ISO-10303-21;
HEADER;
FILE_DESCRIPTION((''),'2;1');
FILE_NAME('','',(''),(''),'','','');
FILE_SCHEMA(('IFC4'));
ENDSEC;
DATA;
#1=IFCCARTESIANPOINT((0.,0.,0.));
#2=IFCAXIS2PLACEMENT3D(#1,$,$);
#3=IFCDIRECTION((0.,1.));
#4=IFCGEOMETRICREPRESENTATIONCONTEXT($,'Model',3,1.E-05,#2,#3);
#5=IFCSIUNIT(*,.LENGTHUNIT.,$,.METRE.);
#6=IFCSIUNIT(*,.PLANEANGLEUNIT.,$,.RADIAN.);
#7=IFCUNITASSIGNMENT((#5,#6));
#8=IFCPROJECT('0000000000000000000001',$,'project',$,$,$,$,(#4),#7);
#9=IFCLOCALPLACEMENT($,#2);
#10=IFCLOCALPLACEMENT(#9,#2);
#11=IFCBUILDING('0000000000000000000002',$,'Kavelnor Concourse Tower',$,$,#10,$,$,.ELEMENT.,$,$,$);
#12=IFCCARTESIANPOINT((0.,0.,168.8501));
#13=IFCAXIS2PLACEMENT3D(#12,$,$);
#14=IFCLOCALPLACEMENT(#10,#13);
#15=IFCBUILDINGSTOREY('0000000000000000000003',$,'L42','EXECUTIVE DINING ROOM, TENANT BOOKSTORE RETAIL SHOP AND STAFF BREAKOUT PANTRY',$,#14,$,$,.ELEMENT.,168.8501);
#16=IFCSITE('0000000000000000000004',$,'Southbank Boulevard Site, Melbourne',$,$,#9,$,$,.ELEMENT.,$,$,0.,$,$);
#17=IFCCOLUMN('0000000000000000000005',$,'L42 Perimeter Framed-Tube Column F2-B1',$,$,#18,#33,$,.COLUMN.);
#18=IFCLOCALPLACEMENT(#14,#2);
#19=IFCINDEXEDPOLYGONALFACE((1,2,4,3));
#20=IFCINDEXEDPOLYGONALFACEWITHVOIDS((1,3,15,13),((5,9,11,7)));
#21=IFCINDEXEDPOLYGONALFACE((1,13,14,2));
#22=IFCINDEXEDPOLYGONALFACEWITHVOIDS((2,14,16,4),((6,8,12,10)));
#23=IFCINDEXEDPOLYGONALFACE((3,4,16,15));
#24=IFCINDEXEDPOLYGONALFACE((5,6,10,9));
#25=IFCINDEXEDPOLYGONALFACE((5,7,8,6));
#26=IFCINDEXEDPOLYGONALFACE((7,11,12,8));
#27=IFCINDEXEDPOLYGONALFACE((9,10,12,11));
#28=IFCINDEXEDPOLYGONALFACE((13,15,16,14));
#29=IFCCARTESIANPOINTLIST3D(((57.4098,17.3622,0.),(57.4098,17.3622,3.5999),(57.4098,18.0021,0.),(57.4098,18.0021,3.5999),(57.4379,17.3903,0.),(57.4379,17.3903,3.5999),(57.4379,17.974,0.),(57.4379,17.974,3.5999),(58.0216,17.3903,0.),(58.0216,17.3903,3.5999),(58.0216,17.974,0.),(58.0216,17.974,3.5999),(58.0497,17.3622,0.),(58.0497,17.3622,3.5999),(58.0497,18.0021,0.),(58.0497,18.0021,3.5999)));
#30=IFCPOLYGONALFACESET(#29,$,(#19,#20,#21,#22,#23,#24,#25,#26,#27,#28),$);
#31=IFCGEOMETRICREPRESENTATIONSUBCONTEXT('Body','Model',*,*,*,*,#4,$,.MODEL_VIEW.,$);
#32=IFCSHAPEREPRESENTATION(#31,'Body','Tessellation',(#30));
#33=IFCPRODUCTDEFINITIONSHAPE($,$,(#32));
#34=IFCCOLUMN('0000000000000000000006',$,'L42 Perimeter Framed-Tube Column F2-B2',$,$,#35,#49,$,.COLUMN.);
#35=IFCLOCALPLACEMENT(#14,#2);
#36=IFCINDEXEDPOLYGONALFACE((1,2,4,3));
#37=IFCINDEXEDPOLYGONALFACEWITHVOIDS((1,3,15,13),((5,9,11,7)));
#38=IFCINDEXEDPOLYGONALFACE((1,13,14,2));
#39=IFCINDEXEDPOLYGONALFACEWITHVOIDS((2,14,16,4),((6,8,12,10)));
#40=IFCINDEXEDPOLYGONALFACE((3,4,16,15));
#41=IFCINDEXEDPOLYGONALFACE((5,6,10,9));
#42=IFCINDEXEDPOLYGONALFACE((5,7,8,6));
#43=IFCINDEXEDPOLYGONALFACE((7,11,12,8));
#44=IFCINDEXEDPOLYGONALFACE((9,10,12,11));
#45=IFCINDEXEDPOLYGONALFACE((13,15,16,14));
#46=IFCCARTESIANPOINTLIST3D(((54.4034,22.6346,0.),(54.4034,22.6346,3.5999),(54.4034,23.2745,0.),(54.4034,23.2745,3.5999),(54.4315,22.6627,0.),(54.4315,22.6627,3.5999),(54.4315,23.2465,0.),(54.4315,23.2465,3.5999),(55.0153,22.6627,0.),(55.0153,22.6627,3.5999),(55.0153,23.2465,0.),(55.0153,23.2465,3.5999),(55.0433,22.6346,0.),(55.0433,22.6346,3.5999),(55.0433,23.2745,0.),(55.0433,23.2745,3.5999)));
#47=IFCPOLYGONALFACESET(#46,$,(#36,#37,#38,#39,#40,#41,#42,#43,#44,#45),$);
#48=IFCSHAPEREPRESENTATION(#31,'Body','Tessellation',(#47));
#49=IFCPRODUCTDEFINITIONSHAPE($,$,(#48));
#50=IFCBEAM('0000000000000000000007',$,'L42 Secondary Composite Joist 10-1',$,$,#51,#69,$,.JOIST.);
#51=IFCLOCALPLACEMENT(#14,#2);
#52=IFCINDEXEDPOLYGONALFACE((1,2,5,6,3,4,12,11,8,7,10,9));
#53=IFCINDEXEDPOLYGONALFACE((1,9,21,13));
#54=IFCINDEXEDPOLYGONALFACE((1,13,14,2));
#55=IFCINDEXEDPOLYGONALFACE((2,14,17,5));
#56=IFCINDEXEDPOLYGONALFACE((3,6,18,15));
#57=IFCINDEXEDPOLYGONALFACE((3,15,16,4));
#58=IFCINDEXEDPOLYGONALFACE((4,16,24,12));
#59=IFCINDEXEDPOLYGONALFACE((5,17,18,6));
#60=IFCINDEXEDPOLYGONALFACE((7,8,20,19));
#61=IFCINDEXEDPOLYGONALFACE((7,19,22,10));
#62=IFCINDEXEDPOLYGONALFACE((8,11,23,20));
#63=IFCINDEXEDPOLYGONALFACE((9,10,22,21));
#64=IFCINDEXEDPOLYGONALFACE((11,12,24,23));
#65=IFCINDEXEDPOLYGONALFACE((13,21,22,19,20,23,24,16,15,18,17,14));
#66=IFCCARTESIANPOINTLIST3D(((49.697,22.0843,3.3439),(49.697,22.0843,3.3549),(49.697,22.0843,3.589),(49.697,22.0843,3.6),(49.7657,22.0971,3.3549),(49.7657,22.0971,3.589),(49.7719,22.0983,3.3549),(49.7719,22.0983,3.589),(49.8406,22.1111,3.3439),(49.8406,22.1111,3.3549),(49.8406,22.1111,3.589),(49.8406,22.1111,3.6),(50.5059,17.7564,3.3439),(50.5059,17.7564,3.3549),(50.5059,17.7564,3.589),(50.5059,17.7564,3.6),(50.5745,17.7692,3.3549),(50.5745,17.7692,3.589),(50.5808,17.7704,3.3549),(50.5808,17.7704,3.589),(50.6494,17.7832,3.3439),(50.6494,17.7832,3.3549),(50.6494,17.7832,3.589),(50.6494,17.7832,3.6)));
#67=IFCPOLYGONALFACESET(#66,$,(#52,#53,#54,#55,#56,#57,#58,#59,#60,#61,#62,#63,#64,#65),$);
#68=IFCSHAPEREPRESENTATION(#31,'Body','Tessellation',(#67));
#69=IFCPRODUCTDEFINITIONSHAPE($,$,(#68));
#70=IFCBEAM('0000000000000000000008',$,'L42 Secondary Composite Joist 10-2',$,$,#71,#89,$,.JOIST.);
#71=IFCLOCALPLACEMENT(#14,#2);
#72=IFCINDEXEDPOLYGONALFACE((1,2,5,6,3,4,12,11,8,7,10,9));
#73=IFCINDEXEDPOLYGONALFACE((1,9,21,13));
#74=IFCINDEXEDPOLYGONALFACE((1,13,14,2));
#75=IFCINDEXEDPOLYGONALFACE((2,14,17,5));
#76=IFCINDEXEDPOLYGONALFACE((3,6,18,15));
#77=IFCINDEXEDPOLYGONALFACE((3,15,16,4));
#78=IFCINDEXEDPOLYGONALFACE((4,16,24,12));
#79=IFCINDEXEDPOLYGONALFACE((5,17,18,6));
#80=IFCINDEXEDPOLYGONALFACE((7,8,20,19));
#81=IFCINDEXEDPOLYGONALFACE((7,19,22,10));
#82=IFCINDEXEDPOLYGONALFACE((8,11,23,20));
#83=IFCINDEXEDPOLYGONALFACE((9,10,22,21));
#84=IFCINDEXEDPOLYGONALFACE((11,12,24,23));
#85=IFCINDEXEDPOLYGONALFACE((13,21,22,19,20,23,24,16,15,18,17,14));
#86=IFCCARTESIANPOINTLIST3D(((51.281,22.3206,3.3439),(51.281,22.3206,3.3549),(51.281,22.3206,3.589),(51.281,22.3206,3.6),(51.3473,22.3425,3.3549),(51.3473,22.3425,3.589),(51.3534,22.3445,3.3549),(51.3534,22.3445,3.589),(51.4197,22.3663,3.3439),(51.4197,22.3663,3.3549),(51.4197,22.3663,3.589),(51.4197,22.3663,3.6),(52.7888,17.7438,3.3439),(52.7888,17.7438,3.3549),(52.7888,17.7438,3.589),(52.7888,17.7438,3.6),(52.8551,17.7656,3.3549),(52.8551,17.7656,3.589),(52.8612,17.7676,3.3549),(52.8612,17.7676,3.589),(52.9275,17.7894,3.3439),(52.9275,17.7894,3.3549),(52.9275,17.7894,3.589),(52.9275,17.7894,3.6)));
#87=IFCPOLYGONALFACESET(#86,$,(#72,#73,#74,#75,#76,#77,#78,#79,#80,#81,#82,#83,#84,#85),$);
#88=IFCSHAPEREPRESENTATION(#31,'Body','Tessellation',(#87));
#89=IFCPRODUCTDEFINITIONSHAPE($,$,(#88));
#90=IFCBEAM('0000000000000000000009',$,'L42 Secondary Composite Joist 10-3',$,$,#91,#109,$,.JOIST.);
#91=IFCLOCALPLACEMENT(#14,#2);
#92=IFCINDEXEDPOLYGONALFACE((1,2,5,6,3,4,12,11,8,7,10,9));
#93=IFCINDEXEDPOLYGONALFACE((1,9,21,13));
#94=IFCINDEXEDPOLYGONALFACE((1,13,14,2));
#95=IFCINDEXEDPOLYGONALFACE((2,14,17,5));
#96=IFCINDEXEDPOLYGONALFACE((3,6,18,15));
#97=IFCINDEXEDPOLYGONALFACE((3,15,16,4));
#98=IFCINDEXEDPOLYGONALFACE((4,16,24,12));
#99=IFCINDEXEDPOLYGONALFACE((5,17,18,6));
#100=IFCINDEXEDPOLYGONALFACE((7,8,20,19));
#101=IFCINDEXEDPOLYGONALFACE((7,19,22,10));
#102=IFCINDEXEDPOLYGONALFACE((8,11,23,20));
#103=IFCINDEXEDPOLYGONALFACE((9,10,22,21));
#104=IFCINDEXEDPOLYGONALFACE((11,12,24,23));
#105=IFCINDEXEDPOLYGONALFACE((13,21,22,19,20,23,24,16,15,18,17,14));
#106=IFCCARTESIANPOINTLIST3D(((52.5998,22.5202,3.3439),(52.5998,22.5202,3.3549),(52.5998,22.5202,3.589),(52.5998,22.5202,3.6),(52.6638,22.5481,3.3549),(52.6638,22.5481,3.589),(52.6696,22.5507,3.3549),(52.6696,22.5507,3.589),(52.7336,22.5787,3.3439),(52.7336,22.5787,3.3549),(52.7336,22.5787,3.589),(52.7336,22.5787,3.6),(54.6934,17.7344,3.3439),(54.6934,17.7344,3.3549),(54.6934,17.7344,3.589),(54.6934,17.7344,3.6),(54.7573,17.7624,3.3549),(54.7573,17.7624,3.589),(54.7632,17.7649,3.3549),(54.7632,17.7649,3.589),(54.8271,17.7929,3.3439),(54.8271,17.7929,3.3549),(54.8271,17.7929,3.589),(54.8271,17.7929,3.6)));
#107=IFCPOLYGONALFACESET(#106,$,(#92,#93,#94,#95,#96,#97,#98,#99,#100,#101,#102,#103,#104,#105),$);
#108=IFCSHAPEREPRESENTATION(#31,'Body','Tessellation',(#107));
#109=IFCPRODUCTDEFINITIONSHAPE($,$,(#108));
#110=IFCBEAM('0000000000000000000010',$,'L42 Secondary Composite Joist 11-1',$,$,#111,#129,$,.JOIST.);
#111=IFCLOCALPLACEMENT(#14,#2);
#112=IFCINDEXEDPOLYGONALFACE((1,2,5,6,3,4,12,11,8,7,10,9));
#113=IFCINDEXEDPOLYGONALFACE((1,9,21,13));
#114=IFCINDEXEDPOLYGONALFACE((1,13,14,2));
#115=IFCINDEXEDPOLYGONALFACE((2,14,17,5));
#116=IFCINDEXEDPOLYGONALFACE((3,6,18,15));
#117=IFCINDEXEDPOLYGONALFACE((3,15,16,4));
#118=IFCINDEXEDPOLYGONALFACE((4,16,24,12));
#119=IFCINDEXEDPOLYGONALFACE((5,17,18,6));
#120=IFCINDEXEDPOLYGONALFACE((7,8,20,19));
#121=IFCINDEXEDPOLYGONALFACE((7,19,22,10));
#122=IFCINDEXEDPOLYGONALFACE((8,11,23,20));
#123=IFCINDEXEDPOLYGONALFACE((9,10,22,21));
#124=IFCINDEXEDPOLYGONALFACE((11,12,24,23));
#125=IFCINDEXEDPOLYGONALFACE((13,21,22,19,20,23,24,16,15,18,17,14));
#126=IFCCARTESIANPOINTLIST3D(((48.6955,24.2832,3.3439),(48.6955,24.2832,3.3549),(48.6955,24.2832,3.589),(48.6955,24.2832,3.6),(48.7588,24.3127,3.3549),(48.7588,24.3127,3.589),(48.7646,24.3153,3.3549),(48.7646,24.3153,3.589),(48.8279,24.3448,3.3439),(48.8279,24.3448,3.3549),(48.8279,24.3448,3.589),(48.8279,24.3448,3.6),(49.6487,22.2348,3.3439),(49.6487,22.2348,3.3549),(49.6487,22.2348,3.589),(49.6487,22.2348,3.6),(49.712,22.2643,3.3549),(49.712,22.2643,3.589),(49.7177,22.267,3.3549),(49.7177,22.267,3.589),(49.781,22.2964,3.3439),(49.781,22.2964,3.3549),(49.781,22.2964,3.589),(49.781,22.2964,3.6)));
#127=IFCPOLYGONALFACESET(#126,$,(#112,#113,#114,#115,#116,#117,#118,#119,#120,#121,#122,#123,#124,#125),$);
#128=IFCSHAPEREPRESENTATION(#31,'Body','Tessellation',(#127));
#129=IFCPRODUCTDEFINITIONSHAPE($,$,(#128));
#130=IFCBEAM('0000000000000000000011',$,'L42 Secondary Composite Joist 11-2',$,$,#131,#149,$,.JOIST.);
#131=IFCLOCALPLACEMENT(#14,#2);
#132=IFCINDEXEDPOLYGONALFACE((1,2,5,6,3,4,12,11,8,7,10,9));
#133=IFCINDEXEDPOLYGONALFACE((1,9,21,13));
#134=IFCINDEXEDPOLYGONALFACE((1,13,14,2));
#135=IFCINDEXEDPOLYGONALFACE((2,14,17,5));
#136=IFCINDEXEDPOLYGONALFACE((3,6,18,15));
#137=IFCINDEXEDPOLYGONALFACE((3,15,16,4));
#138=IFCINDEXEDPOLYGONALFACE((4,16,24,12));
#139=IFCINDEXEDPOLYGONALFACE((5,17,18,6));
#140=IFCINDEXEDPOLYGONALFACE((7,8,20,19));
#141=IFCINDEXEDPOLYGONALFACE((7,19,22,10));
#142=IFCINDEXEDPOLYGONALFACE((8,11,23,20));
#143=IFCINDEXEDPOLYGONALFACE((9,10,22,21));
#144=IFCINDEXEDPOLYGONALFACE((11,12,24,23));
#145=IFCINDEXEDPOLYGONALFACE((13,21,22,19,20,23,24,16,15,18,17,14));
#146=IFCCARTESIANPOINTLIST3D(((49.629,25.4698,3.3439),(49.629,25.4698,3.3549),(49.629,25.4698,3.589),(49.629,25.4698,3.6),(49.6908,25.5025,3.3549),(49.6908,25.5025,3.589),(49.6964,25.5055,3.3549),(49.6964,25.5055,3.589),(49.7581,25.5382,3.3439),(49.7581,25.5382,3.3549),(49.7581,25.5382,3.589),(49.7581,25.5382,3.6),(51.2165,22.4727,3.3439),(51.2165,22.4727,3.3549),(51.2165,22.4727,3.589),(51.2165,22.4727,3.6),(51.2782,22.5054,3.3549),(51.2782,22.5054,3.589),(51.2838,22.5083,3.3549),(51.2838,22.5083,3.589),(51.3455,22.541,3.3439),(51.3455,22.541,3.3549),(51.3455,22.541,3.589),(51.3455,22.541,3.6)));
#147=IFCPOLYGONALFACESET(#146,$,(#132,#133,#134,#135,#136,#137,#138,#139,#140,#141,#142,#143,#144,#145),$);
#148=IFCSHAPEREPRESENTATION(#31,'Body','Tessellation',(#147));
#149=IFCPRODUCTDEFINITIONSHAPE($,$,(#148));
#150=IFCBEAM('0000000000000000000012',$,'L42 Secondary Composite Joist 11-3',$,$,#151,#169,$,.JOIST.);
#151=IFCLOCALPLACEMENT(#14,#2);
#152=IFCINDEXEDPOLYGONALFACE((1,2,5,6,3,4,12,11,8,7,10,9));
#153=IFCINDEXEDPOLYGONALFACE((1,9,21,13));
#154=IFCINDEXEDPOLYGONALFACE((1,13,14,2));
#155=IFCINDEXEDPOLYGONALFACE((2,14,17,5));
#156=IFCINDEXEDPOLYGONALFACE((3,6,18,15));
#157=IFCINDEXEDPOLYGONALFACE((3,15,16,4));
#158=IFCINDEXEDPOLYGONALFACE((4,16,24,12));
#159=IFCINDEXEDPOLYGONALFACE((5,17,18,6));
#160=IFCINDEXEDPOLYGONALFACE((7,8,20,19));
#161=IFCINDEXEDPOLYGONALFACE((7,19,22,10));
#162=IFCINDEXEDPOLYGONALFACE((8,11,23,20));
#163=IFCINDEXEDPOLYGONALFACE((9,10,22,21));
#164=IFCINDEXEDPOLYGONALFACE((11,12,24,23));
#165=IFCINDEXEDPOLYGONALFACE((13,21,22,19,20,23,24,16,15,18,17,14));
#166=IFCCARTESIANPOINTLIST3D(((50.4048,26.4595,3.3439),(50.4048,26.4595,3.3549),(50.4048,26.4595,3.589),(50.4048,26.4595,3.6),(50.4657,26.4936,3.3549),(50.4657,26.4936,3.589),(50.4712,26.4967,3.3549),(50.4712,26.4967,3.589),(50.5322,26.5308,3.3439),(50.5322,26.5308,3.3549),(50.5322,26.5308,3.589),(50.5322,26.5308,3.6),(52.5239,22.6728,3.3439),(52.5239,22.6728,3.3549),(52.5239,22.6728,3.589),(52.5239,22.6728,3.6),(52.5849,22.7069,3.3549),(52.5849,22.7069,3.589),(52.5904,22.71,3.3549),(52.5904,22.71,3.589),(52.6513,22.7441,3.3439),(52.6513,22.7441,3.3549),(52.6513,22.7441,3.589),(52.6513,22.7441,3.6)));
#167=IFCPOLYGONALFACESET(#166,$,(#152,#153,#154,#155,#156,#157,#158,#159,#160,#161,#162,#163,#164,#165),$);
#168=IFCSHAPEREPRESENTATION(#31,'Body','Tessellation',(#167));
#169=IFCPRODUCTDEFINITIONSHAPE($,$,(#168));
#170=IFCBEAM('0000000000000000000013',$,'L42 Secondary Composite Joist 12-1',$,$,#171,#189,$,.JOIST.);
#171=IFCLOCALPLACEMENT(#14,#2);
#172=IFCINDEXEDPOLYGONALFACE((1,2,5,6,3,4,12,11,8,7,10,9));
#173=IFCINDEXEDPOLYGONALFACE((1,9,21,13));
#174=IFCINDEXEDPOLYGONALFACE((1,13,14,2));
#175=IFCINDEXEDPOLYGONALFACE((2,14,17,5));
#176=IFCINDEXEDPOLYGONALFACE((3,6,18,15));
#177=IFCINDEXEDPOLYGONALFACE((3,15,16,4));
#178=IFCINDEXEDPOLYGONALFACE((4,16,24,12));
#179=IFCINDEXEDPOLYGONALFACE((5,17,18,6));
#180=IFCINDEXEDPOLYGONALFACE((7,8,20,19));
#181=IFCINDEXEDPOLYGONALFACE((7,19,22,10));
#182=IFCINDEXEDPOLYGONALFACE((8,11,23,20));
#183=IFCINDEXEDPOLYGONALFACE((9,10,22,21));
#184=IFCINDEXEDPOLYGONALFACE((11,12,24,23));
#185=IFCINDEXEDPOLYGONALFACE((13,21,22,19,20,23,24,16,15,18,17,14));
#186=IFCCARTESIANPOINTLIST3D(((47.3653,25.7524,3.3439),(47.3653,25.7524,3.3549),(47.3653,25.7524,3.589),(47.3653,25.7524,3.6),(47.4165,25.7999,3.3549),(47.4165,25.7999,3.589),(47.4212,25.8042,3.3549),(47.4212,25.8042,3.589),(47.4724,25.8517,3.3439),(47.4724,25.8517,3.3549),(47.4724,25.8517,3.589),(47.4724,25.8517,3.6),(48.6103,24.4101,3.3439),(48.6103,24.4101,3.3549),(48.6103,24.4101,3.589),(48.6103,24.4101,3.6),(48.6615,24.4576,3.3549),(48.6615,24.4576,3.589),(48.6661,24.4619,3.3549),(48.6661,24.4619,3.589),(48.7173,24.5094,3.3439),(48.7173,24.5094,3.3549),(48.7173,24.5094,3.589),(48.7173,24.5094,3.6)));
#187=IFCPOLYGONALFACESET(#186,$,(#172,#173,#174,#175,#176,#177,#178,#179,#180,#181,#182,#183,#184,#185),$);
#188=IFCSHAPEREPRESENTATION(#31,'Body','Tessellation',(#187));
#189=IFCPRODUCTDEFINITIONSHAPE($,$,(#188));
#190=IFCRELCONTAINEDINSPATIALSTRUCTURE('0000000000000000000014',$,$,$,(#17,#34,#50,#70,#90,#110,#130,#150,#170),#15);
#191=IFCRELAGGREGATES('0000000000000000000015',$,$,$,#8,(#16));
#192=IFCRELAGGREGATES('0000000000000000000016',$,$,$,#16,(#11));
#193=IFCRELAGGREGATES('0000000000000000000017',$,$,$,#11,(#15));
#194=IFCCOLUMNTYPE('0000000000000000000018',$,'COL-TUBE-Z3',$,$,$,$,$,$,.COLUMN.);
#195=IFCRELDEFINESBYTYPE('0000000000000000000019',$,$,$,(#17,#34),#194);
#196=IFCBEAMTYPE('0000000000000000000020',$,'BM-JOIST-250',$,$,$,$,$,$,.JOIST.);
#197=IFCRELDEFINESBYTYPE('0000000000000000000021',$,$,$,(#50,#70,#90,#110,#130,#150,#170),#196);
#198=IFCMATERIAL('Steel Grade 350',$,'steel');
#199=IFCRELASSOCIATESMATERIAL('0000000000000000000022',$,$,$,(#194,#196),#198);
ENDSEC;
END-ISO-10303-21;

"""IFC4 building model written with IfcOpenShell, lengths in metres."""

from ifc_helpers import new_model, si_unit, direction, frame, origin, origin_2d, place, context, subcontext, project, spatial, hollow_rectangle, i_section, extrude, material, material_profile, profile_set, type_object, element, save


model = new_model("IFC4")

# Units and contexts
model_context = context("Model", 3, precision=1e-05, world=origin(), true_north=direction((0.0, 1.0)))
body_context = subcontext(model_context, "Body", "Model", "MODEL_VIEW")
ifc_project = project(units=[si_unit("LENGTHUNIT", "METRE"), si_unit("PLANEANGLEUNIT", "RADIAN")], contexts=[model_context])

# Site, building, storey
site_placement = place(None, origin())
site = spatial("IfcSite", under=ifc_project, at=site_placement, Name="Southbank Boulevard Site, Melbourne", CompositionType="ELEMENT", RefElevation=0.0)
building_placement = place(site_placement, origin())
building = spatial("IfcBuilding", under=site, at=building_placement, Name="Kavelnor Concourse Tower", CompositionType="ELEMENT")
storey_placement = place(building_placement, frame((0.0, 0.0, 168.8501)))
storey = spatial("IfcBuildingStorey", under=building, at=storey_placement, Name="L42", Description="EXECUTIVE DINING ROOM, TENANT BOOKSTORE RETAIL SHOP AND STAFF BREAKOUT PANTRY", CompositionType="ELEMENT", Elevation=168.8501)

# Columns
ifc_material_1 = material(Name="Steel Grade 350", Category="steel")
ifc_material_profile_1 = material_profile(ifc_material_1, hollow_rectangle(XDim=0.6399, YDim=0.6399, WallThickness=0.0281, at=origin_2d()), Name="SHS 640x640x28")
ifc_profile_set_1 = profile_set([ifc_material_profile_1], Name="Steel Grade 350")
column_type = type_object("IfcColumnType", Name="COL-TUBE-Z3", PredefinedType="COLUMN", material=ifc_profile_set_1)
for number, where, z_axis, x_axis, name in (
    (1, (57.7297, 17.6821, 0.0), (0.0, 0.0, 1.0), (1.0, 0.0, 0.0), "L42 Perimeter Framed-Tube Column F2-B1"),
    (2, (54.7234, 22.9546, 0.0), (0.0, 0.0, 1.0), (1.0, 0.0, 0.0), "L42 Perimeter Framed-Tube Column F2-B2"),
):
    element("IfcColumn", number, at=place(storey_placement, frame(where, z_axis=z_axis, x_axis=x_axis)), inside=storey, type_object=column_type, Name=name, PredefinedType="COLUMN", context=body_context, shape_type="SweptSolid", body=[
        extrude(hollow_rectangle(XDim=0.6399, YDim=0.6399, WallThickness=0.0281, at=origin_2d()), origin(), (0.0, 0.0, 1.0), 3.5999),
    ])

# Beams
ifc_material_profile_2 = material_profile(ifc_material_1, i_section(OverallWidth=0.146, OverallDepth=0.2561, WebThickness=0.0063, FlangeThickness=0.011, at=origin_2d()), Name="250UB37")
ifc_profile_set_2 = profile_set([ifc_material_profile_2], Name="Steel Grade 350")
beam_type_1 = type_object("IfcBeamType", Name="BM-JOIST-250", PredefinedType="JOIST", material=ifc_profile_set_2)
beam_1_placement = place(storey_placement, frame((50.5776, 17.7698, 3.4719), z_axis=(-0.183709, 0.982981, 0.0), x_axis=(-0.982981, -0.183709, 0.0)))
element("IfcBeam", 3, at=beam_1_placement, inside=storey, type_object=beam_type_1, Name="L42 Secondary Composite Joist 10-1", PredefinedType="JOIST", context=body_context, shape_type="SweptSolid", body=[
    extrude(i_section(OverallWidth=0.146, OverallDepth=0.2561, WebThickness=0.0063, FlangeThickness=0.011, at=origin_2d()), origin(), (0.0, 0.0, 1.0), 4.4028),
])
beam_2_placement = place(storey_placement, frame((52.8582, 17.7666, 3.4719), z_axis=(-0.312897, 0.949787, 0.0), x_axis=(-0.949787, -0.312897, 0.0)))
element("IfcBeam", 4, at=beam_2_placement, inside=storey, type_object=beam_type_1, Name="L42 Secondary Composite Joist 10-2", PredefinedType="JOIST", context=body_context, shape_type="SweptSolid", body=[
    extrude(i_section(OverallWidth=0.146, OverallDepth=0.2561, WebThickness=0.0063, FlangeThickness=0.011, at=origin_2d()), origin(), (0.0, 0.0, 1.0), 4.8188),
])
beam_3_placement = place(storey_placement, frame((54.7603, 17.7637, 3.4719), z_axis=(-0.400785, 0.916172, 0.0), x_axis=(-0.916172, -0.400785, 0.0)))
element("IfcBeam", 5, at=beam_3_placement, inside=storey, type_object=beam_type_1, Name="L42 Secondary Composite Joist 10-3", PredefinedType="JOIST", context=body_context, shape_type="SweptSolid", body=[
    extrude(i_section(OverallWidth=0.146, OverallDepth=0.2561, WebThickness=0.0063, FlangeThickness=0.011, at=origin_2d()), origin(), (0.0, 0.0, 1.0), 5.2236),
])
beam_4_placement = place(storey_placement, frame((49.7148, 22.2656, 3.4719), z_axis=(-0.42188, 0.906652, 0.0), x_axis=(-0.906652, -0.42188, 0.0)))
element("IfcBeam", 6, at=beam_4_placement, inside=storey, type_object=beam_type_1, Name="L42 Secondary Composite Joist 11-1", PredefinedType="JOIST", context=body_context, shape_type="SweptSolid", body=[
    extrude(i_section(OverallWidth=0.146, OverallDepth=0.2561, WebThickness=0.0063, FlangeThickness=0.011, at=origin_2d()), origin(), (0.0, 0.0, 1.0), 2.2593),
])
beam_5_placement = place(storey_placement, frame((51.281, 22.5068, 3.4719), z_axis=(-0.468053, 0.8837, 0.0), x_axis=(-0.8837, -0.468053, 0.0)))
element("IfcBeam", 7, at=beam_5_placement, inside=storey, type_object=beam_type_1, Name="L42 Secondary Composite Joist 11-2", PredefinedType="JOIST", context=body_context, shape_type="SweptSolid", body=[
    extrude(i_section(OverallWidth=0.146, OverallDepth=0.2561, WebThickness=0.0063, FlangeThickness=0.011, at=origin_2d()), origin(), (0.0, 0.0, 1.0), 3.3916),
])
beam_6_placement = place(storey_placement, frame((52.5876, 22.7085, 3.4719), z_axis=(-0.488363, 0.87264, 0.0), x_axis=(-0.87264, -0.488363, 0.0)))
element("IfcBeam", 8, at=beam_6_placement, inside=storey, type_object=beam_type_1, Name="L42 Secondary Composite Joist 11-3", PredefinedType="JOIST", context=body_context, shape_type="SweptSolid", body=[
    extrude(i_section(OverallWidth=0.146, OverallDepth=0.2561, WebThickness=0.0063, FlangeThickness=0.011, at=origin_2d()), origin(), (0.0, 0.0, 1.0), 4.3394),
])
beam_7_placement = place(storey_placement, frame((48.6638, 24.4597, 3.4719), z_axis=(-0.680001, 0.733211, 0.0), x_axis=(-0.733211, -0.680001, 0.0)))
element("IfcBeam", 9, at=beam_7_placement, inside=storey, type_object=beam_type_1, Name="L42 Secondary Composite Joist 12-1", PredefinedType="JOIST", context=body_context, shape_type="SweptSolid", body=[
    extrude(i_section(OverallWidth=0.146, OverallDepth=0.2561, WebThickness=0.0063, FlangeThickness=0.011, at=origin_2d()), origin(), (0.0, 0.0, 1.0), 1.8308),
])

save(model, "model.ifc")
